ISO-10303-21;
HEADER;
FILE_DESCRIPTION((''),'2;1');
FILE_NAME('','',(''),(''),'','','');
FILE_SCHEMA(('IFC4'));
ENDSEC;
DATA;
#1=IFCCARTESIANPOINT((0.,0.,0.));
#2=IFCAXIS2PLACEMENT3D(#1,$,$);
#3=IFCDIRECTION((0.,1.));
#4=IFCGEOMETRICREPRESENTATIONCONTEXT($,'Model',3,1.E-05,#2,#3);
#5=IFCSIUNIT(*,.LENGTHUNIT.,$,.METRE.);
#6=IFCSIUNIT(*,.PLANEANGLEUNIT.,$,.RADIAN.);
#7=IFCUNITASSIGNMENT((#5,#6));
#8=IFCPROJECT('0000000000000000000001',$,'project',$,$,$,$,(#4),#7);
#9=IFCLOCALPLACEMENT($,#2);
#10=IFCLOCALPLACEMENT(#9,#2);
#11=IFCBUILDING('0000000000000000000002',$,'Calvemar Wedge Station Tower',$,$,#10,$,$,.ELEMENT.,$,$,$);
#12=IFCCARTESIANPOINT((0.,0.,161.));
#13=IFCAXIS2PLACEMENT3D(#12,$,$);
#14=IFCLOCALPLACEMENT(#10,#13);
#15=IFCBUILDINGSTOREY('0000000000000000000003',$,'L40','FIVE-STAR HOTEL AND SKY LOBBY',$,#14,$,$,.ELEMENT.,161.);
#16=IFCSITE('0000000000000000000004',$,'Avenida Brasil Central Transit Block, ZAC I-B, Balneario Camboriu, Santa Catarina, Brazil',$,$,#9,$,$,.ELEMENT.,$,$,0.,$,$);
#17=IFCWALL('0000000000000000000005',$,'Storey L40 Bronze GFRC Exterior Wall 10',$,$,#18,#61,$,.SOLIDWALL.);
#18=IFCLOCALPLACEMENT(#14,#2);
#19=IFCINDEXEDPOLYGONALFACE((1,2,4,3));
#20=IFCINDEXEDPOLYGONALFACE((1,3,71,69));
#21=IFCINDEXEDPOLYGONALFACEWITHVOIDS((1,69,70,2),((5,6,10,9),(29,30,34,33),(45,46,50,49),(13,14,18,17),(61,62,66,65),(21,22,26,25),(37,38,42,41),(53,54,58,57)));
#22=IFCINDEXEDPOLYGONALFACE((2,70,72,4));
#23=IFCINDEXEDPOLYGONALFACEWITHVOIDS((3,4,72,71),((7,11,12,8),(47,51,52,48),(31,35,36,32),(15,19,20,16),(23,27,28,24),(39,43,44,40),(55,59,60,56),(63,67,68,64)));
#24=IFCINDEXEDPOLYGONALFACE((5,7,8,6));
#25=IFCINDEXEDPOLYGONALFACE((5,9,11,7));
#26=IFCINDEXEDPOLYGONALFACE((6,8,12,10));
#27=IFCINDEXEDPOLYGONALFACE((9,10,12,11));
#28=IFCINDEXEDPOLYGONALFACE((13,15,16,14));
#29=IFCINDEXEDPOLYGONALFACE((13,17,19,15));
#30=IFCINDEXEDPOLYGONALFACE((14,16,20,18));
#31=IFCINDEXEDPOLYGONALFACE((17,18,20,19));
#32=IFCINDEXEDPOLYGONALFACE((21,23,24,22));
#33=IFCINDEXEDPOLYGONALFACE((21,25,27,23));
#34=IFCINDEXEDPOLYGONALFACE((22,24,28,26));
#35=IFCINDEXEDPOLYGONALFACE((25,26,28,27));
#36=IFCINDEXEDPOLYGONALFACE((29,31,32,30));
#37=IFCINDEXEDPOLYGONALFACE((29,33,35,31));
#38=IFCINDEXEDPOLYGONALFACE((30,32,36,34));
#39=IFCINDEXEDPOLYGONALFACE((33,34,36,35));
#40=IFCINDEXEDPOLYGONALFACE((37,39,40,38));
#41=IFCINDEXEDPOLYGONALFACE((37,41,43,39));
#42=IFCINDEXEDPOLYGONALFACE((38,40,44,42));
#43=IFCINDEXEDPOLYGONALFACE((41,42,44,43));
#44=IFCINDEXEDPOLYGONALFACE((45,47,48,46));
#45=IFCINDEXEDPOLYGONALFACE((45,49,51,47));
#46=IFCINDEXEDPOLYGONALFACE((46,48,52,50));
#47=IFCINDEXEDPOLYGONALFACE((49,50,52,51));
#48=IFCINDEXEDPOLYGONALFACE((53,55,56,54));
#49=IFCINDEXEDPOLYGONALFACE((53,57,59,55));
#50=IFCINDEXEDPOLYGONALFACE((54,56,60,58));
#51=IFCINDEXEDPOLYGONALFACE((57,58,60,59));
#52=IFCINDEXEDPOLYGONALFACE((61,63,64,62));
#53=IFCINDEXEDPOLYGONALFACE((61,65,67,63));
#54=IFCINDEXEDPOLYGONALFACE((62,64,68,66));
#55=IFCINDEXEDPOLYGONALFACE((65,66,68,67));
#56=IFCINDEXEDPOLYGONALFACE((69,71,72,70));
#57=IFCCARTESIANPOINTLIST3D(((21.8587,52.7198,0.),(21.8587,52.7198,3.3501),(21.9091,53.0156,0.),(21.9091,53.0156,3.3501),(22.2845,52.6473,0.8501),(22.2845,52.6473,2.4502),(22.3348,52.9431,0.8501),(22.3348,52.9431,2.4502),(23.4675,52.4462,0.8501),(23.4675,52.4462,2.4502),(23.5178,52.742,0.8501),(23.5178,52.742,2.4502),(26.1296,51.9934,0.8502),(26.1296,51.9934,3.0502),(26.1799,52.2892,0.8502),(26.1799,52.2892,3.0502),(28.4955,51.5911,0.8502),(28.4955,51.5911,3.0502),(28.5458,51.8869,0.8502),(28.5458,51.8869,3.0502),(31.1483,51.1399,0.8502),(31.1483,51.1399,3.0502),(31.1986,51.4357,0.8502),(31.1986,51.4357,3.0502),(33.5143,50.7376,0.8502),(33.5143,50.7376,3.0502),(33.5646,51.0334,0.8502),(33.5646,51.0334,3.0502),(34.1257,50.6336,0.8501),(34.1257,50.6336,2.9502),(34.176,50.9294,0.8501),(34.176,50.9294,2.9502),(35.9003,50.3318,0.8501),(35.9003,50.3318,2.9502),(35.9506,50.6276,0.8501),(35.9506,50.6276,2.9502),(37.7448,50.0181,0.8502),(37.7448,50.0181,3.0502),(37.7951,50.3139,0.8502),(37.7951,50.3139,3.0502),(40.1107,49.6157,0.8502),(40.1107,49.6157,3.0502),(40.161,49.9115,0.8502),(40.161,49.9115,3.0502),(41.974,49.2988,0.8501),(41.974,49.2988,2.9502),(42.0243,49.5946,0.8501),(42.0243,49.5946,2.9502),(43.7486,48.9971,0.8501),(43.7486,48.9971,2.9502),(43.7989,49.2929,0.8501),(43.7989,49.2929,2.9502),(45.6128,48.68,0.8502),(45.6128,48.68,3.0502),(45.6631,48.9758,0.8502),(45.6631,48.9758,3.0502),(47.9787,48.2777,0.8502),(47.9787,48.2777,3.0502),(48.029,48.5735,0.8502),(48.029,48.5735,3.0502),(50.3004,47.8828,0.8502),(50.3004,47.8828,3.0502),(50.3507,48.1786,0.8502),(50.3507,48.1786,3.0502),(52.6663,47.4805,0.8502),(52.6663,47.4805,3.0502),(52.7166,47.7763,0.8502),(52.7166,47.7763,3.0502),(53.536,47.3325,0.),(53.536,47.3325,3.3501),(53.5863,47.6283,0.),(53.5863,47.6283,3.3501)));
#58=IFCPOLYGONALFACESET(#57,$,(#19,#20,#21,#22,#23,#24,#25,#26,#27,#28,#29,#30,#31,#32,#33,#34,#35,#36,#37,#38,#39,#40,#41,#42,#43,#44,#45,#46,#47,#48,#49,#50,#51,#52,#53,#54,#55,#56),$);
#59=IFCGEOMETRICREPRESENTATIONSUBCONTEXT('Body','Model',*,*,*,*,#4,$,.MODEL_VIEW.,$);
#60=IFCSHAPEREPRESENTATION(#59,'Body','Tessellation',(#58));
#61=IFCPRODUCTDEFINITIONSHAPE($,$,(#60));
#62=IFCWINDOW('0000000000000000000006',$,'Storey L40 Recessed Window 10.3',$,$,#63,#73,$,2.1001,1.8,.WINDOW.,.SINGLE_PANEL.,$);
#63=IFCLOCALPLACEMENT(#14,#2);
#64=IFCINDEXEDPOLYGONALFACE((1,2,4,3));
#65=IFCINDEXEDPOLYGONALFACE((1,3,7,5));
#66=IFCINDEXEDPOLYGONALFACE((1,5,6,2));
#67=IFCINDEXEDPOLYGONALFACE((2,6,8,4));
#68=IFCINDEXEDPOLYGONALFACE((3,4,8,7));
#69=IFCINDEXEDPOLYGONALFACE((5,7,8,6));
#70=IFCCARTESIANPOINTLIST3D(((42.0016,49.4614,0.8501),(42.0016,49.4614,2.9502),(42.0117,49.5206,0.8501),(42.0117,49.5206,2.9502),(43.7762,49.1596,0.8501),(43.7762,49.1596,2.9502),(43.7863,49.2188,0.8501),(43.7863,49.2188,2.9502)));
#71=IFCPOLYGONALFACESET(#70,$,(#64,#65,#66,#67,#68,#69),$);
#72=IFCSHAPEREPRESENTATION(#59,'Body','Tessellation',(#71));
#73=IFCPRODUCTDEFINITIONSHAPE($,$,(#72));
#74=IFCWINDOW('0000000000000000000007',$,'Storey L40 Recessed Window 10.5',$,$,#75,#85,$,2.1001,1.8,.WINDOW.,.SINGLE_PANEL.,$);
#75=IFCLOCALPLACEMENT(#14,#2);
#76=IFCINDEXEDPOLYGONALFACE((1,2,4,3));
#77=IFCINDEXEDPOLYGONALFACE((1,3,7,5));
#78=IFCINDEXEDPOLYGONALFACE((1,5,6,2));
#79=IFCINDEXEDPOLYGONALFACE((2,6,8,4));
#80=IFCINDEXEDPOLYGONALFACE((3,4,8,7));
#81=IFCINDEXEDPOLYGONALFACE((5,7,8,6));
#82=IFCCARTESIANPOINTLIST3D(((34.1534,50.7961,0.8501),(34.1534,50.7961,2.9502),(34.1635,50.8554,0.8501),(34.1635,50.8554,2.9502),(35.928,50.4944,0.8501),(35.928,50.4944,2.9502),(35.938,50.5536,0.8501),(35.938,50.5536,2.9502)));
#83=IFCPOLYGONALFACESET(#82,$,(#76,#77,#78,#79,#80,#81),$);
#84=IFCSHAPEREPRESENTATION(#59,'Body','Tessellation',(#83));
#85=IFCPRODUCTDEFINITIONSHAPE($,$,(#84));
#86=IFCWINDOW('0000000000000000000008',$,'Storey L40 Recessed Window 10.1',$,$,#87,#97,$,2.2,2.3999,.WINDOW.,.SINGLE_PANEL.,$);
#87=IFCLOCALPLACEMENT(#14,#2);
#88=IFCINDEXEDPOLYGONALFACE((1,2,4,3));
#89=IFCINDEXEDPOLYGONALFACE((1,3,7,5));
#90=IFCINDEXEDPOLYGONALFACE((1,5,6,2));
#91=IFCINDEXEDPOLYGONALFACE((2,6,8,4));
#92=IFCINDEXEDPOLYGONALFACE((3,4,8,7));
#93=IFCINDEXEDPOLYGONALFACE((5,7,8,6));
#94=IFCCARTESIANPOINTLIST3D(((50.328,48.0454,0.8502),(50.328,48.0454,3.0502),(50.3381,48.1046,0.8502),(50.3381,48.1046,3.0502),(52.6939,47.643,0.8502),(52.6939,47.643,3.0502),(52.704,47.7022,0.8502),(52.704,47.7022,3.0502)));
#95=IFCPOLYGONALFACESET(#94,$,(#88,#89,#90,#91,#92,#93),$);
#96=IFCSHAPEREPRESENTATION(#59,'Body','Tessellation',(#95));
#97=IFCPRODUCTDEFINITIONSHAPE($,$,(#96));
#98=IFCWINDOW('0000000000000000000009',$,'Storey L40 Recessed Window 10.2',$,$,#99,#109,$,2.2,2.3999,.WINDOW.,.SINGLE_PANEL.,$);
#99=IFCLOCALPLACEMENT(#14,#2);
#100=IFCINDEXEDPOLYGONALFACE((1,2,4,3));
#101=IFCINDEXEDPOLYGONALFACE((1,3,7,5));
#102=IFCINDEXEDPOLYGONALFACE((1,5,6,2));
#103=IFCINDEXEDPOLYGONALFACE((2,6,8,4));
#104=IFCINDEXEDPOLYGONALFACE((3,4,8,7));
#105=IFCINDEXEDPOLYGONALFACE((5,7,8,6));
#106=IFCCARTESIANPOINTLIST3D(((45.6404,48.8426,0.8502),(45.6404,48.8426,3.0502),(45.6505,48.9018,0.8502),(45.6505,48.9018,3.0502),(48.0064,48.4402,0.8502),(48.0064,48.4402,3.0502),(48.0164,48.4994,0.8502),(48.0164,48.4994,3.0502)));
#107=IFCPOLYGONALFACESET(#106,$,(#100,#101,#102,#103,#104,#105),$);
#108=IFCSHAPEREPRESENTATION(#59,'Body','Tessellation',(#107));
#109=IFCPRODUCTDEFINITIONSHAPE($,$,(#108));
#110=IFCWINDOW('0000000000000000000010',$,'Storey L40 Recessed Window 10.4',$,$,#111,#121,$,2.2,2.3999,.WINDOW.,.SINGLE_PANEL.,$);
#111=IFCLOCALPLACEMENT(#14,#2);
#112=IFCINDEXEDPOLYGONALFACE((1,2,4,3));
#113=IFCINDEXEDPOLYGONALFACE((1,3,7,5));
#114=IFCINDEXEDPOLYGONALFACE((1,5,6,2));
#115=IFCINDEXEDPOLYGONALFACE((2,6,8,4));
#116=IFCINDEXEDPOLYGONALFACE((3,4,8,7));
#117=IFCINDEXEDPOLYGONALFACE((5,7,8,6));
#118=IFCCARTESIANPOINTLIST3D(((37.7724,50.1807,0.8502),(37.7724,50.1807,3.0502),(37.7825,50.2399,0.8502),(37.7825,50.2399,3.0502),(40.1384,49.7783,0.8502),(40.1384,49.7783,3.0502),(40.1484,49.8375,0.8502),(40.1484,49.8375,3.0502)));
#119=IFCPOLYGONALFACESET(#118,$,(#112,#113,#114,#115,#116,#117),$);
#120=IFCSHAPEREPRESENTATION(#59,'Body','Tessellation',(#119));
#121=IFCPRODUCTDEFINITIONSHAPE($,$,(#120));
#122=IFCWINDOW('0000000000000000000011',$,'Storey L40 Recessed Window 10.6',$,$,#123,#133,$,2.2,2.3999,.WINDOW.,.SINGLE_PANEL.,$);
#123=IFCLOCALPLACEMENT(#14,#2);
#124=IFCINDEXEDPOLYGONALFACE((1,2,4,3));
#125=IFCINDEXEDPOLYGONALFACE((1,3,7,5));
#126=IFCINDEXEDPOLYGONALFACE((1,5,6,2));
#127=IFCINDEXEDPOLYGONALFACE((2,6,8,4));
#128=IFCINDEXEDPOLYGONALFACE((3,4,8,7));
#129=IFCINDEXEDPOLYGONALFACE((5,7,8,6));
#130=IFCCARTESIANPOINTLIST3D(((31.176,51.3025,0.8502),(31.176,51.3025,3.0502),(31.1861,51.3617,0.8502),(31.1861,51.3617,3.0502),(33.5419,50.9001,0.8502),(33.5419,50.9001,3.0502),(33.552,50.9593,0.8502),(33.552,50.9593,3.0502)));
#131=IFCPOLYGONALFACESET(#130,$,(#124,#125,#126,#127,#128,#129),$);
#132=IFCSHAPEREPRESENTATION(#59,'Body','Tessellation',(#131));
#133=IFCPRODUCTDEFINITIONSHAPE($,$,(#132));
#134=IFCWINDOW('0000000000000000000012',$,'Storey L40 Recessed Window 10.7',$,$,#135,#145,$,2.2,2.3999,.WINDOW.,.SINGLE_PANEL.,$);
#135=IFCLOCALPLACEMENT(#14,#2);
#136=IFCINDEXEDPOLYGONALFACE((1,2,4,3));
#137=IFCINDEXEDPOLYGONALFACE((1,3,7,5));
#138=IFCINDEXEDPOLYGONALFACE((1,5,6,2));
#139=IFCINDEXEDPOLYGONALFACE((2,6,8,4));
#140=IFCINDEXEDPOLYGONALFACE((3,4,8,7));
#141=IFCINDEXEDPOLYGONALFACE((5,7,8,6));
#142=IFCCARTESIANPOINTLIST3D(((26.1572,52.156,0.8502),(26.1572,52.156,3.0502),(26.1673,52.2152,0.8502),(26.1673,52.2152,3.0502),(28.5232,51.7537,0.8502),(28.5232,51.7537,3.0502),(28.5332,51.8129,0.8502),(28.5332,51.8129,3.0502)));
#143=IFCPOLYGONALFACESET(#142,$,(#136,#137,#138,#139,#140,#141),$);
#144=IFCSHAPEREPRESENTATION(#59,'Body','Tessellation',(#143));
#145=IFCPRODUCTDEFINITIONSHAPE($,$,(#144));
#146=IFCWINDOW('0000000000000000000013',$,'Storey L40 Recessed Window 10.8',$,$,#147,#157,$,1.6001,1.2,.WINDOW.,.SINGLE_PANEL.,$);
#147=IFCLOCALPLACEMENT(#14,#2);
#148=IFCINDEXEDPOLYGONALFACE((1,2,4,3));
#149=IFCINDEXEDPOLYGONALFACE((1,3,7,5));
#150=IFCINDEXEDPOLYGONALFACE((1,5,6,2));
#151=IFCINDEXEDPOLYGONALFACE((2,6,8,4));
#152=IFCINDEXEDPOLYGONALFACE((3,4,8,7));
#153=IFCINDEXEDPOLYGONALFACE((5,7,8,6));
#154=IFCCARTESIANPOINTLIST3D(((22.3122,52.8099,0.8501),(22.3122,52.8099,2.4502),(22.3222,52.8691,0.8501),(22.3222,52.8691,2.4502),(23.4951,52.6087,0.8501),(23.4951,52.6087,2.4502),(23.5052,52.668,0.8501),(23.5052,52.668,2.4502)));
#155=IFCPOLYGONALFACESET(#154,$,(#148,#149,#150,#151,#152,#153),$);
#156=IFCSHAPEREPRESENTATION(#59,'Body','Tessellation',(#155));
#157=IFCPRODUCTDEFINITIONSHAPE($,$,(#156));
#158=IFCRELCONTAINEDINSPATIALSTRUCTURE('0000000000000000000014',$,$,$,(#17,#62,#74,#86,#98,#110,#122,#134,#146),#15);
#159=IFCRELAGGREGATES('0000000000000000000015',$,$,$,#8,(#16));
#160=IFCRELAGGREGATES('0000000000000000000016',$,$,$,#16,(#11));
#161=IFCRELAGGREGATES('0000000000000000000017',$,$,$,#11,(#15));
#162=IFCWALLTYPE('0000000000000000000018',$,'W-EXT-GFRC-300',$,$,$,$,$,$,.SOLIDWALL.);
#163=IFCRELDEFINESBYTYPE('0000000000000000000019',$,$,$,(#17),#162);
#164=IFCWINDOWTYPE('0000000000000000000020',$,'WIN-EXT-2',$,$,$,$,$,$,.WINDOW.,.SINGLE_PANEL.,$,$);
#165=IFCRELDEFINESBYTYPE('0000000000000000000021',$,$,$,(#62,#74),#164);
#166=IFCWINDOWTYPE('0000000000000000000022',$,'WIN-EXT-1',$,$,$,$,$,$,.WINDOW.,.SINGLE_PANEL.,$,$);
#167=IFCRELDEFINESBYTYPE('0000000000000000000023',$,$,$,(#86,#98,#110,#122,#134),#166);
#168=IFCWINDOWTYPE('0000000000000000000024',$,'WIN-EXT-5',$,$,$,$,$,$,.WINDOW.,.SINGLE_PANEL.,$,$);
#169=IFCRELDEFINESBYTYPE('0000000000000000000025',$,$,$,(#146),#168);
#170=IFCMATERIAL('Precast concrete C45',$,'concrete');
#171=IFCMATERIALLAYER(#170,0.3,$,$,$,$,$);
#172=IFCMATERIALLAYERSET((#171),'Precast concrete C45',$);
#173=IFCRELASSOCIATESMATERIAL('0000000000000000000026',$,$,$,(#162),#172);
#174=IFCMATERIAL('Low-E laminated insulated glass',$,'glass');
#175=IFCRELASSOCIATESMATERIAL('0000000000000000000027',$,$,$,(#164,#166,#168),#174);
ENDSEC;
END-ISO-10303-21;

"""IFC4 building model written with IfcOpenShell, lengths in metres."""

from ifc_helpers import new_model, si_unit, direction, frame, frame_2d, origin, place, context, subcontext, project, spatial, rectangle, extrude, source, transform, mapped, material, layer, layer_set, type_object, element, fill, save


model = new_model("IFC4")

# Units and contexts
model_context = context("Model", 3, precision=1e-05, world=origin(), true_north=direction((0.0, 1.0)))
body_context = subcontext(model_context, "Body", "Model", "MODEL_VIEW")
ifc_project = project(units=[si_unit("LENGTHUNIT", "METRE"), si_unit("PLANEANGLEUNIT", "RADIAN")], contexts=[model_context])

# Site, building, storey
site_placement = place(None, origin())
site = spatial("IfcSite", under=ifc_project, at=site_placement, Name="Avenida Brasil Central Transit Block, ZAC I-B, Balneario Camboriu, Santa Catarina, Brazil", CompositionType="ELEMENT", RefElevation=0.0)
building_placement = place(site_placement, origin())
building = spatial("IfcBuilding", under=site, at=building_placement, Name="Calvemar Wedge Station Tower", CompositionType="ELEMENT")
storey_placement = place(building_placement, frame((0.0, 0.0, 161.0)))
storey = spatial("IfcBuildingStorey", under=building, at=storey_placement, Name="L40", Description="FIVE-STAR HOTEL AND SKY LOBBY", CompositionType="ELEMENT", Elevation=161.0)

# Shared definitions
ifc_material_1 = material(Name="Precast concrete C45", Category="concrete")

# Shared definitions
ifc_layer_1 = layer(ifc_material_1, 0.3)
ifc_layer_set_1 = layer_set([ifc_layer_1], Name="Precast concrete C45")
wall_type_1 = type_object("IfcWallType", Name="W-EXT-GFRC-300", PredefinedType="SOLIDWALL", material=ifc_layer_set_1)
ifc_material_2 = material(Name="Low-E laminated insulated glass", Category="glass")

# Wall, openings, windows
wall_1_placement = place(storey_placement, frame((53.561, 47.4805, 0.0), z_axis=(0.0, 0.0, 1.0), x_axis=(-0.985845, 0.167658, 0.0)))
wall_1 = element("IfcWall", 1, at=wall_1_placement, inside=storey, type_object=wall_type_1, Name="Storey L40 Bronze GFRC Exterior Wall 10", PredefinedType="SOLIDWALL", context=body_context, shape_type="SweptSolid", body=[
    extrude(rectangle(XDim=32.1321, YDim=0.3, at=frame_2d((16.0659, 0.0))), origin(), (0.0, 0.0, 1.0), 3.3501),
])
shared_shape_1 = source(origin(), body_context, "Body", "SweptSolid", [
    extrude(rectangle(XDim=2.3999, YDim=2.2, at=frame_2d((1.2, 1.1001))), frame((0.0, 0.1602, 0.0), z_axis=(0.0, -1.0, 0.0), x_axis=(1.0, 0.0, 0.0)), (0.0, 0.0, 1.0), 0.3201),
])
opening_1_placement = place(wall_1_placement, frame((0.8821, 0.0, 0.8501)))
opening_1 = element("IfcOpeningElement", 2, at=opening_1_placement, cuts=wall_1, PredefinedType="OPENING", context=body_context, shape_type="MappedRepresentation", body=[
    mapped(shared_shape_1, transform((0.0, 0.0, 0.0), scale=1.0)),
])
opening_2_placement = place(wall_1_placement, frame((5.637, 0.0, 0.8501)))
opening_2 = element("IfcOpeningElement", 3, at=opening_2_placement, cuts=wall_1, PredefinedType="OPENING", context=body_context, shape_type="MappedRepresentation", body=[
    mapped(shared_shape_1, transform((0.0, 0.0, 0.0), scale=1.0)),
])
shared_shape_2 = source(origin(), body_context, "Body", "SweptSolid", [
    extrude(rectangle(XDim=1.8, YDim=2.1001, at=frame_2d((0.8999, 1.05))), frame((0.0, 0.1602, 0.0), z_axis=(0.0, -1.0, 0.0), x_axis=(1.0, 0.0, 0.0)), (0.0, 0.0, 1.0), 0.3201),
])
opening_3_placement = place(wall_1_placement, frame((9.928, 0.0, 0.8501)))
opening_3 = element("IfcOpeningElement", 4, at=opening_3_placement, cuts=wall_1, PredefinedType="OPENING", context=body_context, shape_type="MappedRepresentation", body=[
    mapped(shared_shape_2, transform((0.0, 0.0, 0.0), scale=1.0)),
])
opening_4_placement = place(wall_1_placement, frame((13.6179, 0.0, 0.8501)))
opening_4 = element("IfcOpeningElement", 5, at=opening_4_placement, cuts=wall_1, PredefinedType="OPENING", context=body_context, shape_type="MappedRepresentation", body=[
    mapped(shared_shape_1, transform((0.0, 0.0, 0.0), scale=1.0)),
])
opening_5_placement = place(wall_1_placement, frame((17.8889, 0.0, 0.8501)))
opening_5 = element("IfcOpeningElement", 6, at=opening_5_placement, cuts=wall_1, PredefinedType="OPENING", context=body_context, shape_type="MappedRepresentation", body=[
    mapped(shared_shape_2, transform((0.0, 0.0, 0.0), scale=1.0)),
])
opening_6_placement = place(wall_1_placement, frame((20.3091, 0.0, 0.8501)))
opening_6 = element("IfcOpeningElement", 7, at=opening_6_placement, cuts=wall_1, PredefinedType="OPENING", context=body_context, shape_type="MappedRepresentation", body=[
    mapped(shared_shape_1, transform((0.0, 0.0, 0.0), scale=1.0)),
])
opening_7_placement = place(wall_1_placement, frame((25.3999, 0.0, 0.8501)))
opening_7 = element("IfcOpeningElement", 8, at=opening_7_placement, cuts=wall_1, PredefinedType="OPENING", context=body_context, shape_type="MappedRepresentation", body=[
    mapped(shared_shape_1, transform((0.0, 0.0, 0.0), scale=1.0)),
])
shared_shape_3 = source(origin(), body_context, "Body", "SweptSolid", [
    extrude(rectangle(XDim=1.2, YDim=1.6001, at=frame_2d((0.6001, 0.8))), frame((0.0, 0.1602, 0.0), z_axis=(0.0, -1.0, 0.0), x_axis=(1.0, 0.0, 0.0)), (0.0, 0.0, 1.0), 0.3201),
])
opening_8_placement = place(wall_1_placement, frame((30.5, 0.0, 0.8501)))
opening_8 = element("IfcOpeningElement", 9, at=opening_8_placement, cuts=wall_1, PredefinedType="OPENING", context=body_context, shape_type="MappedRepresentation", body=[
    mapped(shared_shape_3, transform((0.0, 0.0, 0.0), scale=1.0)),
])
window_type_1 = type_object("IfcWindowType", Name="WIN-EXT-2", PartitioningType="SINGLE_PANEL", PredefinedType="WINDOW", material=ifc_material_2)
shared_shape_4 = source(origin(), body_context, "Body", "SweptSolid", [
    extrude(rectangle(XDim=1.8, YDim=2.1001, at=frame_2d((0.8999, 1.05))), frame((0.0, -0.0149, 0.0), z_axis=(0.0, -1.0, 0.0), x_axis=(1.0, 0.0, 0.0)), (0.0, 0.0, 1.0), 0.0601),
])
window_1_placement = place(opening_3_placement, origin())
window_1 = element("IfcWindow", 10, at=window_1_placement, inside=storey, type_object=window_type_1, Name="Storey L40 Recessed Window 10.3", OverallHeight=2.1001, OverallWidth=1.8, PartitioningType="SINGLE_PANEL", PredefinedType="WINDOW", context=body_context, shape_type="MappedRepresentation", body=[
    mapped(shared_shape_4, transform((0.0, 0.0, 0.0), scale=1.0)),
])
fill(opening_3, window_1)
window_2_placement = place(opening_5_placement, origin())
window_2 = element("IfcWindow", 11, at=window_2_placement, inside=storey, type_object=window_type_1, Name="Storey L40 Recessed Window 10.5", OverallHeight=2.1001, OverallWidth=1.8, PartitioningType="SINGLE_PANEL", PredefinedType="WINDOW", context=body_context, shape_type="MappedRepresentation", body=[
    mapped(shared_shape_4, transform((0.0, 0.0, 0.0), scale=1.0)),
])
fill(opening_5, window_2)
window_type_2 = type_object("IfcWindowType", Name="WIN-EXT-1", PartitioningType="SINGLE_PANEL", PredefinedType="WINDOW", material=ifc_material_2)
shared_shape_5 = source(origin(), body_context, "Body", "SweptSolid", [
    extrude(rectangle(XDim=2.3999, YDim=2.2, at=frame_2d((1.2, 1.1001))), frame((0.0, -0.0149, 0.0), z_axis=(0.0, -1.0, 0.0), x_axis=(1.0, 0.0, 0.0)), (0.0, 0.0, 1.0), 0.0601),
])
window_3_placement = place(opening_1_placement, origin())
window_3 = element("IfcWindow", 12, at=window_3_placement, inside=storey, type_object=window_type_2, Name="Storey L40 Recessed Window 10.1", OverallHeight=2.2, OverallWidth=2.3999, PartitioningType="SINGLE_PANEL", PredefinedType="WINDOW", context=body_context, shape_type="MappedRepresentation", body=[
    mapped(shared_shape_5, transform((0.0, 0.0, 0.0), scale=1.0)),
])
fill(opening_1, window_3)
window_4_placement = place(opening_2_placement, origin())
window_4 = element("IfcWindow", 13, at=window_4_placement, inside=storey, type_object=window_type_2, Name="Storey L40 Recessed Window 10.2", OverallHeight=2.2, OverallWidth=2.3999, PartitioningType="SINGLE_PANEL", PredefinedType="WINDOW", context=body_context, shape_type="MappedRepresentation", body=[
    mapped(shared_shape_5, transform((0.0, 0.0, 0.0), scale=1.0)),
])
fill(opening_2, window_4)
window_5_placement = place(opening_4_placement, origin())
window_5 = element("IfcWindow", 14, at=window_5_placement, inside=storey, type_object=window_type_2, Name="Storey L40 Recessed Window 10.4", OverallHeight=2.2, OverallWidth=2.3999, PartitioningType="SINGLE_PANEL", PredefinedType="WINDOW", context=body_context, shape_type="MappedRepresentation", body=[
    mapped(shared_shape_5, transform((0.0, 0.0, 0.0), scale=1.0)),
])
fill(opening_4, window_5)
window_6_placement = place(opening_6_placement, origin())
window_6 = element("IfcWindow", 15, at=window_6_placement, inside=storey, type_object=window_type_2, Name="Storey L40 Recessed Window 10.6", OverallHeight=2.2, OverallWidth=2.3999, PartitioningType="SINGLE_PANEL", PredefinedType="WINDOW", context=body_context, shape_type="MappedRepresentation", body=[
    mapped(shared_shape_5, transform((0.0, 0.0, 0.0), scale=1.0)),
])
fill(opening_6, window_6)
window_7_placement = place(opening_7_placement, origin())
window_7 = element("IfcWindow", 16, at=window_7_placement, inside=storey, type_object=window_type_2, Name="Storey L40 Recessed Window 10.7", OverallHeight=2.2, OverallWidth=2.3999, PartitioningType="SINGLE_PANEL", PredefinedType="WINDOW", context=body_context, shape_type="MappedRepresentation", body=[
    mapped(shared_shape_5, transform((0.0, 0.0, 0.0), scale=1.0)),
])
fill(opening_7, window_7)
window_type_3 = type_object("IfcWindowType", Name="WIN-EXT-5", PartitioningType="SINGLE_PANEL", PredefinedType="WINDOW", material=ifc_material_2)
shared_shape_6 = source(origin(), body_context, "Body", "SweptSolid", [
    extrude(rectangle(XDim=1.2, YDim=1.6001, at=frame_2d((0.6001, 0.8))), frame((0.0, -0.0149, 0.0), z_axis=(0.0, -1.0, 0.0), x_axis=(1.0, 0.0, 0.0)), (0.0, 0.0, 1.0), 0.0601),
])
window_8_placement = place(opening_8_placement, origin())
window_8 = element("IfcWindow", 17, at=window_8_placement, inside=storey, type_object=window_type_3, Name="Storey L40 Recessed Window 10.8", OverallHeight=1.6001, OverallWidth=1.2, PartitioningType="SINGLE_PANEL", PredefinedType="WINDOW", context=body_context, shape_type="MappedRepresentation", body=[
    mapped(shared_shape_6, transform((0.0, 0.0, 0.0), scale=1.0)),
])
fill(opening_8, window_8)

save(model, "model.ifc")
